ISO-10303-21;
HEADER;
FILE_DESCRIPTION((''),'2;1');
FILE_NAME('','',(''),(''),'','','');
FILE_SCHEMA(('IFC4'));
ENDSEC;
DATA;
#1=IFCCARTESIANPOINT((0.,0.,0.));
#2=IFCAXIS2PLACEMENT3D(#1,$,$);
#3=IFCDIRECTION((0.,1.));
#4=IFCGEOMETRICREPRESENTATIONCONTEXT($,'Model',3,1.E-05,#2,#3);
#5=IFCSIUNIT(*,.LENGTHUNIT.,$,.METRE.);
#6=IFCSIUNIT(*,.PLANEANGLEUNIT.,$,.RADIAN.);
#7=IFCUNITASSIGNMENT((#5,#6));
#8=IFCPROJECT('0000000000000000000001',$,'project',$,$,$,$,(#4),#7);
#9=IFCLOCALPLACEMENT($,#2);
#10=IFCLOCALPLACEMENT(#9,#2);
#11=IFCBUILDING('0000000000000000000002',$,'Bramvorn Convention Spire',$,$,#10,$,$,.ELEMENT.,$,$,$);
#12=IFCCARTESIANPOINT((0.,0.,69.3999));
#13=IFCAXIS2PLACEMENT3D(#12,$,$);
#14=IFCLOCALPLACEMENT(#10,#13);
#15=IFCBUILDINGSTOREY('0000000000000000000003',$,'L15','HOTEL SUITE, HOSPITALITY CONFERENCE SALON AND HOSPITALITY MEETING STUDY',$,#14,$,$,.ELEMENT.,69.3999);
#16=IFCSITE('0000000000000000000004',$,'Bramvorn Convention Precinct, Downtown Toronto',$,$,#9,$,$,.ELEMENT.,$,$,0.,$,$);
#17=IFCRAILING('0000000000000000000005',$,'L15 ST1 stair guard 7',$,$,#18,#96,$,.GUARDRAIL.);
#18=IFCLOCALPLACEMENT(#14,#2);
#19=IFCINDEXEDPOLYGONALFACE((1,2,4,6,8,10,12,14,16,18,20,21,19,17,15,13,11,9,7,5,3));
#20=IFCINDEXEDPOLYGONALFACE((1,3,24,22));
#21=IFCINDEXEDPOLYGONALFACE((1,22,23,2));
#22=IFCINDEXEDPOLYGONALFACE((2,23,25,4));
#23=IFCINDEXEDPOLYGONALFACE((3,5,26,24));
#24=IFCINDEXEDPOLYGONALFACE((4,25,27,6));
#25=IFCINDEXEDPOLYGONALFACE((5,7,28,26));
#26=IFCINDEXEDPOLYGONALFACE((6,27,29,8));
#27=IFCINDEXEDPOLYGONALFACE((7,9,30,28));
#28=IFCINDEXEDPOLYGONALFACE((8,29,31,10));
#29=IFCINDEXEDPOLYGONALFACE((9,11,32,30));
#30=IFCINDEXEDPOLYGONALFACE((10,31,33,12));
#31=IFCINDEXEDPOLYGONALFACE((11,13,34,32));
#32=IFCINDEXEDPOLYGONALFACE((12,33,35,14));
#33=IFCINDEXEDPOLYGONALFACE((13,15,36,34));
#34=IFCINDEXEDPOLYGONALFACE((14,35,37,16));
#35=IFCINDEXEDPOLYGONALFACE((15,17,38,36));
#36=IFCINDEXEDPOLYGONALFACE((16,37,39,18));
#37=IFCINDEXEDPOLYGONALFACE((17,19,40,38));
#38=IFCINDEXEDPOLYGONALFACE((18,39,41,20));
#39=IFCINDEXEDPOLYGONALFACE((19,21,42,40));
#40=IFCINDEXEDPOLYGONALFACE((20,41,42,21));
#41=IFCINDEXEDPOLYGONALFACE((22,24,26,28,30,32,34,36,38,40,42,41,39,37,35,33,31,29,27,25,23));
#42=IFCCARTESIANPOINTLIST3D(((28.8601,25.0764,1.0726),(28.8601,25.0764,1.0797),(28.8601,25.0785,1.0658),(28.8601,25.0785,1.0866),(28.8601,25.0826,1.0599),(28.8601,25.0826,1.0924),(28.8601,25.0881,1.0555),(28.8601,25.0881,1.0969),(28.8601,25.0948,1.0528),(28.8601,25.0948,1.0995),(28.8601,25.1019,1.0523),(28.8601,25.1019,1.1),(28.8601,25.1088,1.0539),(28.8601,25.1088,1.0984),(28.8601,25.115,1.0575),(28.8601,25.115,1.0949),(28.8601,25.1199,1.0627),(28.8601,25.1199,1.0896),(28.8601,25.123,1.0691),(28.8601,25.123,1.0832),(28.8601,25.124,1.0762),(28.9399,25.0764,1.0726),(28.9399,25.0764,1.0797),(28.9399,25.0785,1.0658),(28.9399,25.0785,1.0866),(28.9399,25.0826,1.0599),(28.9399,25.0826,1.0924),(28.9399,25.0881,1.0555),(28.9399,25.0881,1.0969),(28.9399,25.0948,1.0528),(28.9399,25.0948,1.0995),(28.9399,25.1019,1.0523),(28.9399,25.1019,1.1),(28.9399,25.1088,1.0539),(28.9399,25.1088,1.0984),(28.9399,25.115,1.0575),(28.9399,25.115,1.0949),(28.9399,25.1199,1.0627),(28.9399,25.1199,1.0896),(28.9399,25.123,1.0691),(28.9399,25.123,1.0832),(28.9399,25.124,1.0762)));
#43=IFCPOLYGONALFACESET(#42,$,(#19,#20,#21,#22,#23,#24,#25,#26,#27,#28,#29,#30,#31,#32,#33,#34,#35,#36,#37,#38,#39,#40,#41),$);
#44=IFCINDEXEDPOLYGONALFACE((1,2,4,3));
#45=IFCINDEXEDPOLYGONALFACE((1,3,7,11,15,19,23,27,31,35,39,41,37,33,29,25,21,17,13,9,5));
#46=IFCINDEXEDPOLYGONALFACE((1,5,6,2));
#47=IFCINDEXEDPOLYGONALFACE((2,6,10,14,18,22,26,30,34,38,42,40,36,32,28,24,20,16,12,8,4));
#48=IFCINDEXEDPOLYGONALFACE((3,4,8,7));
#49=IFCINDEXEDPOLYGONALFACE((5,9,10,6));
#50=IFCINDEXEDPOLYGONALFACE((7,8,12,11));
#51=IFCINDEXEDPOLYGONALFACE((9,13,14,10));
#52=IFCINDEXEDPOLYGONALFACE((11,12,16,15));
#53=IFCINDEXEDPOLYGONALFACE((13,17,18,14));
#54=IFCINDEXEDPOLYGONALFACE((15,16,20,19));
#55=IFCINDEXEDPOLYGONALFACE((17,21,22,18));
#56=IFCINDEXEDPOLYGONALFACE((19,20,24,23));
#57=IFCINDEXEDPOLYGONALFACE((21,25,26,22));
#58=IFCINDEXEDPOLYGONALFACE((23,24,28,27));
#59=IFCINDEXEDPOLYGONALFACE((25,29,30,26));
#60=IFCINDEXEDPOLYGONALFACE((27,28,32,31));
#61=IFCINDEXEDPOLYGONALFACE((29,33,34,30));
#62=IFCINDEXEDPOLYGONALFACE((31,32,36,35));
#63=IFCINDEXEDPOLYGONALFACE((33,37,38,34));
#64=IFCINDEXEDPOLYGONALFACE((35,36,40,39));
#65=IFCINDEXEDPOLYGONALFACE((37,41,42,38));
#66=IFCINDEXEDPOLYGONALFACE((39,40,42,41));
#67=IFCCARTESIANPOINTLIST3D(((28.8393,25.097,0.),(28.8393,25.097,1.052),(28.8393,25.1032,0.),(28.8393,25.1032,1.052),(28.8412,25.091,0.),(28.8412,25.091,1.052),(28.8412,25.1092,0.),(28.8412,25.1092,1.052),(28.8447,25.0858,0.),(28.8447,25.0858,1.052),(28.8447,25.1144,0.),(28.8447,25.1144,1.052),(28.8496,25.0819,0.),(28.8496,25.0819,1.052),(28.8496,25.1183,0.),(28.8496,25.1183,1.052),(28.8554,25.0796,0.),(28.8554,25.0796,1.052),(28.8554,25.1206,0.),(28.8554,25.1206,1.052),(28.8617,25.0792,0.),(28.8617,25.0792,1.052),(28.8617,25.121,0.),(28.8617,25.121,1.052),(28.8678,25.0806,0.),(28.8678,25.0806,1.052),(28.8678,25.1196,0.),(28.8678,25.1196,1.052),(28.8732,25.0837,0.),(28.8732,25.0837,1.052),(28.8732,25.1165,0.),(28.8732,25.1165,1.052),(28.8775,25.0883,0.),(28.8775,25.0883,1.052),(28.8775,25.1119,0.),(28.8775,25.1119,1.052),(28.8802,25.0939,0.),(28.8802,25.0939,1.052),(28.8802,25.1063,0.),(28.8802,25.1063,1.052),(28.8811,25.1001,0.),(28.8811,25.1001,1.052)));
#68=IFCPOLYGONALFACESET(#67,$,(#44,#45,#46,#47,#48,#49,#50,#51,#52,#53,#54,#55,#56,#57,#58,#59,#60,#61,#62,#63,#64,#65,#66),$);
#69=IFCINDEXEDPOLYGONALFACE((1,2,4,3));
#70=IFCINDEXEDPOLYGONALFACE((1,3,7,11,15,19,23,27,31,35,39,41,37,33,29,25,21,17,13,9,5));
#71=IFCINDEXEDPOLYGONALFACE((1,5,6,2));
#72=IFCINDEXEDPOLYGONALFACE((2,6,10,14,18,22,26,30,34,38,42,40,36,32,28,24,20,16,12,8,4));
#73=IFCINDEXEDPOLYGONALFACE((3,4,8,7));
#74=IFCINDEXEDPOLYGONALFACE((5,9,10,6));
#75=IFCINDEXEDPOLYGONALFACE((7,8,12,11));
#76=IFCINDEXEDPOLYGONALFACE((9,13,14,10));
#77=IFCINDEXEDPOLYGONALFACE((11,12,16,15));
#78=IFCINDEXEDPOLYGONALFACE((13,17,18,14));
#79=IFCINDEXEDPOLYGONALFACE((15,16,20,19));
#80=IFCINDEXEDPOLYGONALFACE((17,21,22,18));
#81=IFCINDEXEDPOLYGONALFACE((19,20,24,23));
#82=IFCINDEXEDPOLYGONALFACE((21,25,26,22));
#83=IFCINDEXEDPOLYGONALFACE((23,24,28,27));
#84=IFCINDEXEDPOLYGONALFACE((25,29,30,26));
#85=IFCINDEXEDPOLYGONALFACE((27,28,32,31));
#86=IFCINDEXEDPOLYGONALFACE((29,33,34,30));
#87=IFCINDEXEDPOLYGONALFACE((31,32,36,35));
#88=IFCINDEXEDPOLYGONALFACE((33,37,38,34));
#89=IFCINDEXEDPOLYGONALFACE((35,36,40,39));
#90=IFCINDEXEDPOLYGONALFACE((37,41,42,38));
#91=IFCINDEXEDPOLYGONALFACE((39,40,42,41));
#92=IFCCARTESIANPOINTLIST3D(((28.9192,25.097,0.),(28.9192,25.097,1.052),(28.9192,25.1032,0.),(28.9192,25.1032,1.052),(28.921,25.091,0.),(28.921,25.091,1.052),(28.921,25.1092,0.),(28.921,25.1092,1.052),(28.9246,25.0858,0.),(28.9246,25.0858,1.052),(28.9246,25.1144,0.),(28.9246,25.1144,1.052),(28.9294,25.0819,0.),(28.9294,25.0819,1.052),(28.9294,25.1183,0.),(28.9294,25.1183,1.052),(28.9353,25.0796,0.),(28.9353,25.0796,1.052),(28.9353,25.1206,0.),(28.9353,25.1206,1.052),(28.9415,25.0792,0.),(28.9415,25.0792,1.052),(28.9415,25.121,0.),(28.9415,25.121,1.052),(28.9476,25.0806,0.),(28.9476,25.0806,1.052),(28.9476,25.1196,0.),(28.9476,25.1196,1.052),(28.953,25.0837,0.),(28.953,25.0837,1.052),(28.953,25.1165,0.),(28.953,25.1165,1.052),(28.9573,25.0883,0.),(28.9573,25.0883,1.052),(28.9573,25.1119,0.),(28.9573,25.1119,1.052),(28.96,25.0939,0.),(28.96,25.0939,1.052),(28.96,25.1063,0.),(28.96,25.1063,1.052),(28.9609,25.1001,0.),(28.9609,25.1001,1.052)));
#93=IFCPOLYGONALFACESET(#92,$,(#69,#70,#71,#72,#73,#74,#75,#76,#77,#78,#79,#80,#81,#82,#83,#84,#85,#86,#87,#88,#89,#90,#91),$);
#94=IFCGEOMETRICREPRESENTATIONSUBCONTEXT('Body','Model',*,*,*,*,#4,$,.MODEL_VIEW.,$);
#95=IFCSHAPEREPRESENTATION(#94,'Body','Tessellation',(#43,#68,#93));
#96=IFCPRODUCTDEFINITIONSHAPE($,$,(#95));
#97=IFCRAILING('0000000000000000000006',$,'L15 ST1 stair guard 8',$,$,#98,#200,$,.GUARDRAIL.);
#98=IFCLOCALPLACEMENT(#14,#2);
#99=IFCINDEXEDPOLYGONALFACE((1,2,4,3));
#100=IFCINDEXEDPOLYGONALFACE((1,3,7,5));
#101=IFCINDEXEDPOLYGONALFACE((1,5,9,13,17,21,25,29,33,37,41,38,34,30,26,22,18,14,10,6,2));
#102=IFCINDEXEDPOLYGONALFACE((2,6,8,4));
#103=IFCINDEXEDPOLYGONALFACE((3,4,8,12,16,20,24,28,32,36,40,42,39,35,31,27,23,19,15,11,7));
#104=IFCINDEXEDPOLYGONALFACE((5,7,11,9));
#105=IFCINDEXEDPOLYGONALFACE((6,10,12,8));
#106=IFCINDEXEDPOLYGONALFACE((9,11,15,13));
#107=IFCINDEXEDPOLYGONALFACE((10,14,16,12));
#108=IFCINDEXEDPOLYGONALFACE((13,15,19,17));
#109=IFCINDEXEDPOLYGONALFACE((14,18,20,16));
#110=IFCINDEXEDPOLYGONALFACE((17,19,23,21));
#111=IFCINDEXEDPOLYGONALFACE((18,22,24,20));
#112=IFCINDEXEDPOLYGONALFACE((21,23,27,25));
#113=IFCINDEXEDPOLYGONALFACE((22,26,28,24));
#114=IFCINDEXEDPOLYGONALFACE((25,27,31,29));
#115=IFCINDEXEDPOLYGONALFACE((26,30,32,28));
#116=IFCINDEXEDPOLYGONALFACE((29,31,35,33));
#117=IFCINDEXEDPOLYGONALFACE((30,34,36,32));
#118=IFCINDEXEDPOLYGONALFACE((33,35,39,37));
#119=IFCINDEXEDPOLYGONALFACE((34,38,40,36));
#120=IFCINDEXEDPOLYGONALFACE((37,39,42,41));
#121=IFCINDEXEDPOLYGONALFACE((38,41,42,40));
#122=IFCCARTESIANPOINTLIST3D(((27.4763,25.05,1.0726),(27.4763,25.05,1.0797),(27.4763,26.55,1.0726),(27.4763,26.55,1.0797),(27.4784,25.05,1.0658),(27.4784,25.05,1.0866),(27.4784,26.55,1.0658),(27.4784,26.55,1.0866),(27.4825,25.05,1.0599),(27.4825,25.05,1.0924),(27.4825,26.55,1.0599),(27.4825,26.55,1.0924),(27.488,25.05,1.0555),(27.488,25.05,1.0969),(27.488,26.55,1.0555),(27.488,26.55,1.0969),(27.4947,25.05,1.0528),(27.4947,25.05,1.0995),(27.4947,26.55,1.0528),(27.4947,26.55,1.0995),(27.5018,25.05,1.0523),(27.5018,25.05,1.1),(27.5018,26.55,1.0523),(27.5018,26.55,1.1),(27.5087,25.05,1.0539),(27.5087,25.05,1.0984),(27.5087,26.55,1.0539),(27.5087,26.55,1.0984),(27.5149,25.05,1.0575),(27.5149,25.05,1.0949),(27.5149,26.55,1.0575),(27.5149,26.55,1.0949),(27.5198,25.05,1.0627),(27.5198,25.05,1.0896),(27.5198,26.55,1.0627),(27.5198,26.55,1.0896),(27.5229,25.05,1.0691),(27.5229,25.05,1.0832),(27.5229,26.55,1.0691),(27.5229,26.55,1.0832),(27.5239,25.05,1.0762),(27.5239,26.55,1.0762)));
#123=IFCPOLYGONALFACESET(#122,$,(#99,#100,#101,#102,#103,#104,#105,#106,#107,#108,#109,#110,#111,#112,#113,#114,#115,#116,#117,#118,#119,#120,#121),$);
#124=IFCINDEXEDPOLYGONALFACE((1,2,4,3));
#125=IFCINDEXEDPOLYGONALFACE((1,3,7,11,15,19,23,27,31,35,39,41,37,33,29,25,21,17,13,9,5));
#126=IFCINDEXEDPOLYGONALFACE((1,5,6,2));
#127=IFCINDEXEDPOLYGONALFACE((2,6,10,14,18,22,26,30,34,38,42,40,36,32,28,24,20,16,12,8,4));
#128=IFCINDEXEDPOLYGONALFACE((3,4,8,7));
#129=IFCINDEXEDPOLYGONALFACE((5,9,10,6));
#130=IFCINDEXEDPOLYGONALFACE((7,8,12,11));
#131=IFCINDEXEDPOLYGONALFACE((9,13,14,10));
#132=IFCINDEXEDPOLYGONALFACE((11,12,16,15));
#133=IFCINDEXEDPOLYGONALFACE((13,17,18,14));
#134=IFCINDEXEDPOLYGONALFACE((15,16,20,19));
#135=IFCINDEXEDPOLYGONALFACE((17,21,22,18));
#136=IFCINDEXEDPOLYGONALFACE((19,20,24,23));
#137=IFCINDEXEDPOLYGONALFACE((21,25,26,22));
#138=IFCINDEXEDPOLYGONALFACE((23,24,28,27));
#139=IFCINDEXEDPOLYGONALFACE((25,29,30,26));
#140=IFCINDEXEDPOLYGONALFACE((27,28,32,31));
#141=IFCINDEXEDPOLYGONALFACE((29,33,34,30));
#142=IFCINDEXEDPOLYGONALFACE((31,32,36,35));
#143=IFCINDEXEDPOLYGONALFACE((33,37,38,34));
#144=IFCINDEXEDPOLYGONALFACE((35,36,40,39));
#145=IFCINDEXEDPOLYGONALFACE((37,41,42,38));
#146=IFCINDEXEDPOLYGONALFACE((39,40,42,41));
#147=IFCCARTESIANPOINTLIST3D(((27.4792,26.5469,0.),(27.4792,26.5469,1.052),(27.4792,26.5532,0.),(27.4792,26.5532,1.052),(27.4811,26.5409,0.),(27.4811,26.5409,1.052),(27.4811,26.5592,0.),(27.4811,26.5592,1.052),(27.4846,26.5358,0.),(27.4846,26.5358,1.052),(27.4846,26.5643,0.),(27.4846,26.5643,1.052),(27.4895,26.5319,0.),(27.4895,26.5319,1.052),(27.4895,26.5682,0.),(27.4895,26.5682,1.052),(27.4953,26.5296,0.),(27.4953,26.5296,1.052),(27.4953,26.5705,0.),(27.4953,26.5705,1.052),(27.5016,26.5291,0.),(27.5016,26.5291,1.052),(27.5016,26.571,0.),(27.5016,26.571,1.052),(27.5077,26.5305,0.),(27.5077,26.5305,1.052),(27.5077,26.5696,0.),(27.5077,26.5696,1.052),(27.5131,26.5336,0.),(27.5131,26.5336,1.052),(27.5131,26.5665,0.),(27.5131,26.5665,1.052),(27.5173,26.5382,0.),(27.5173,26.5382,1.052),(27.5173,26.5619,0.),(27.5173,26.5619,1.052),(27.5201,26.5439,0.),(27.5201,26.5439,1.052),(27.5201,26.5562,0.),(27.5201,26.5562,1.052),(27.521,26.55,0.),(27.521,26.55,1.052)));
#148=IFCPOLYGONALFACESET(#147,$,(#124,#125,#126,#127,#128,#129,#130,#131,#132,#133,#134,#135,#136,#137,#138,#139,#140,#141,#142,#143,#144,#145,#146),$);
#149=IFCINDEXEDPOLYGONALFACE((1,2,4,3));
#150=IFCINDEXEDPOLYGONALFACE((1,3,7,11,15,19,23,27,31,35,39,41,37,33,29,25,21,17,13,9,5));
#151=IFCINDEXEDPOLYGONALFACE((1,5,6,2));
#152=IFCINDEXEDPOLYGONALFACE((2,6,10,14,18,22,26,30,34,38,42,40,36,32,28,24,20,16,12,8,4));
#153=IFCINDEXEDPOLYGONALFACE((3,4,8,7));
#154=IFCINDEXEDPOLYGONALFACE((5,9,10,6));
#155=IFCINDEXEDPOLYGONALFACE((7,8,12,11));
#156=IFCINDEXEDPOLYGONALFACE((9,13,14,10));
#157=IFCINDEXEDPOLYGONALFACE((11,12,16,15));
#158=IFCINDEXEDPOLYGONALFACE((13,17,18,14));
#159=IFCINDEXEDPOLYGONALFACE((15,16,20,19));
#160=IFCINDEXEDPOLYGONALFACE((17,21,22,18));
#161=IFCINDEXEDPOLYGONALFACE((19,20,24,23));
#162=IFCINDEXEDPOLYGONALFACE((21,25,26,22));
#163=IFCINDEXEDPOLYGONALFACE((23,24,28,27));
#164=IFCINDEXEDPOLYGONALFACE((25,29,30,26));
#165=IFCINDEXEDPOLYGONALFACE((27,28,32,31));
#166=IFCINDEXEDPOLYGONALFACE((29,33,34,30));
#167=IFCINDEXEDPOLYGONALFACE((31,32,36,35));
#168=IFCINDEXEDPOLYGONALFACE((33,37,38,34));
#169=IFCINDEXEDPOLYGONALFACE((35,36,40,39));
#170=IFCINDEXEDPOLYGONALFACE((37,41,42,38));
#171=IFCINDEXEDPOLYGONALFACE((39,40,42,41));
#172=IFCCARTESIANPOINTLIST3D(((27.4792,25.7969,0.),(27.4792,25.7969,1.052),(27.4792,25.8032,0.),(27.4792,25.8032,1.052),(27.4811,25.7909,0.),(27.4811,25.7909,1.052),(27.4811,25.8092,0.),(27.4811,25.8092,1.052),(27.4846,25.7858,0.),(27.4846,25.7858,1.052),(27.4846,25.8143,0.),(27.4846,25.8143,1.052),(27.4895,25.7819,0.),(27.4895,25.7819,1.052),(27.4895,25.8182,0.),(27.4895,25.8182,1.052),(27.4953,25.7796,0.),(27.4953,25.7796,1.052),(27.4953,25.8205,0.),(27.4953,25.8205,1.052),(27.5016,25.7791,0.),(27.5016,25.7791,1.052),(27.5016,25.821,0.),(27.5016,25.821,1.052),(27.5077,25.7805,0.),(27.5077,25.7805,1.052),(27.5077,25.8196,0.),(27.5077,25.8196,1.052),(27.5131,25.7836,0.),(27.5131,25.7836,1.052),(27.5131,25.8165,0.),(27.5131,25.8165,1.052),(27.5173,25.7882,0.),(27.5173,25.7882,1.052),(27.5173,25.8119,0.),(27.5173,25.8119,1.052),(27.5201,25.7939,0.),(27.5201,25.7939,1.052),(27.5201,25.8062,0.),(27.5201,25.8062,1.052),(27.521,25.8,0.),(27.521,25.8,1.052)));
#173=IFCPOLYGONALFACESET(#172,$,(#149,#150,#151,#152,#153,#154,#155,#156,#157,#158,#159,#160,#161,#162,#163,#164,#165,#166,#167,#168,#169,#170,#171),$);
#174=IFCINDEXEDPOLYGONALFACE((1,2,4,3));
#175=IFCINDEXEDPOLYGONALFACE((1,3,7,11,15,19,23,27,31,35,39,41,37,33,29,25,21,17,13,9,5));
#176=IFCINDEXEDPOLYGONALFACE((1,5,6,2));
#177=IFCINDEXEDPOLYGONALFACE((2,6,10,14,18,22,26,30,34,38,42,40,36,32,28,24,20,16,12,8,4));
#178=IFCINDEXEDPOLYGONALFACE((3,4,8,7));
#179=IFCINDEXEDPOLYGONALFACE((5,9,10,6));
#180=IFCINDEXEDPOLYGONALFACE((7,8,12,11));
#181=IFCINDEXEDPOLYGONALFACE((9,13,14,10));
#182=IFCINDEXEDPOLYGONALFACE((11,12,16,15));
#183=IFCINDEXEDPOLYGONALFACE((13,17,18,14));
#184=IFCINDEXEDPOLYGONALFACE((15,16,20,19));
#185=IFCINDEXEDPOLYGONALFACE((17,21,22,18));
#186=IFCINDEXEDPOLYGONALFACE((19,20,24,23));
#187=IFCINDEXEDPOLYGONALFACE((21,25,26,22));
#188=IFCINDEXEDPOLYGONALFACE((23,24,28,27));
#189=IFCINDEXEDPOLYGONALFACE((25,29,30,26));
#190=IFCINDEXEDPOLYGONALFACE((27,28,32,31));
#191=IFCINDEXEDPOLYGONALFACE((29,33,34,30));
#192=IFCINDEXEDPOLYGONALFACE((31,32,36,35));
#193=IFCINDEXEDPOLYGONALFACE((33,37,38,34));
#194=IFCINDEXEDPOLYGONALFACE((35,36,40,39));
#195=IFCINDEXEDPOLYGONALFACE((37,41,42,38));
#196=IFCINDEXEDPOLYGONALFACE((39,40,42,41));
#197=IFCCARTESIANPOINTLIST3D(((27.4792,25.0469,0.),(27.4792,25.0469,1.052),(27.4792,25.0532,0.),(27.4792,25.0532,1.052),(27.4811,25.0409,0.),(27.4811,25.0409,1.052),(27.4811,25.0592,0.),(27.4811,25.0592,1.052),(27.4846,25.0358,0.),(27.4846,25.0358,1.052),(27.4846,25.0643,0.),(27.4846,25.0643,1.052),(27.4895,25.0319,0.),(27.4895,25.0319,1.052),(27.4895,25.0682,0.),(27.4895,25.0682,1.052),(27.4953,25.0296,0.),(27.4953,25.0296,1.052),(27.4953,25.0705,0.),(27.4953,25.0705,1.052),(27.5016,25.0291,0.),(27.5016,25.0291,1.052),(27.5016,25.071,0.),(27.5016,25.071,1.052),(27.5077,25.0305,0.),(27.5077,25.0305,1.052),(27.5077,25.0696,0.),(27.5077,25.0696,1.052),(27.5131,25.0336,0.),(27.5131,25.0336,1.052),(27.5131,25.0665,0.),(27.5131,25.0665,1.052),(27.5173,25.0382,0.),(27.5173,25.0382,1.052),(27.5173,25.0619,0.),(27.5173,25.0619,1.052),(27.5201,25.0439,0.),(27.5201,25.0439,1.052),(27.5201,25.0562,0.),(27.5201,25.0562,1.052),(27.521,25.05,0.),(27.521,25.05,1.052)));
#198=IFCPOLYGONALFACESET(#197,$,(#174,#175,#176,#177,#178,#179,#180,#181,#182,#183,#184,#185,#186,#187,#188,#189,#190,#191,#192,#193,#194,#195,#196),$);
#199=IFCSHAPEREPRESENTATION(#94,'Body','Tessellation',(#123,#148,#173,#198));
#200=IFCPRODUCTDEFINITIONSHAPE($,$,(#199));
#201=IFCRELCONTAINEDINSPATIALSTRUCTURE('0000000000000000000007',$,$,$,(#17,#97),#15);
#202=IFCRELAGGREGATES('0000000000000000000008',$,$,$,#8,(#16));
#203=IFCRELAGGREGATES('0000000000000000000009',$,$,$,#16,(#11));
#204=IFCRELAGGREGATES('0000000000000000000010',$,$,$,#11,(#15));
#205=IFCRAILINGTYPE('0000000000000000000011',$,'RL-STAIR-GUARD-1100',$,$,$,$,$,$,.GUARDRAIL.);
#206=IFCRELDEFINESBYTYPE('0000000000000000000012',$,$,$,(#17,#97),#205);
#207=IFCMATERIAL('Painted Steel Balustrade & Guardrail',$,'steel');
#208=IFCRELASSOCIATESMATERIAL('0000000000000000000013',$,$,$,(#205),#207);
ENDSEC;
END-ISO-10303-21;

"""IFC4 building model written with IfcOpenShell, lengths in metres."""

from ifc_helpers import new_model, si_unit, direction, frame, origin, origin_2d, place, context, subcontext, project, spatial, circle, extrude, material, type_object, element, save


model = new_model("IFC4")

# Units and contexts
model_context = context("Model", 3, precision=1e-05, world=origin(), true_north=direction((0.0, 1.0)))
body_context = subcontext(model_context, "Body", "Model", "MODEL_VIEW")
ifc_project = project(units=[si_unit("LENGTHUNIT", "METRE"), si_unit("PLANEANGLEUNIT", "RADIAN")], contexts=[model_context])

# Site, building, storey
site_placement = place(None, origin())
site = spatial("IfcSite", under=ifc_project, at=site_placement, Name="Bramvorn Convention Precinct, Downtown Toronto", CompositionType="ELEMENT", RefElevation=0.0)
building_placement = place(site_placement, origin())
building = spatial("IfcBuilding", under=site, at=building_placement, Name="Bramvorn Convention Spire", CompositionType="ELEMENT")
storey_placement = place(building_placement, frame((0.0, 0.0, 69.3999)))
storey = spatial("IfcBuildingStorey", under=building, at=storey_placement, Name="L15", Description="HOTEL SUITE, HOSPITALITY CONFERENCE SALON AND HOSPITALITY MEETING STUDY", CompositionType="ELEMENT", Elevation=69.3999)

# Railings
ifc_material_1 = material(Name="Painted Steel Balustrade & Guardrail", Category="steel")
railing_type_1 = type_object("IfcRailingType", Name="RL-STAIR-GUARD-1100", PredefinedType="GUARDRAIL", material=ifc_material_1)
railing_1_placement = place(storey_placement, frame((28.8601, 25.1001, 0.0)))
element("IfcRailing", 1, at=railing_1_placement, inside=storey, type_object=railing_type_1, Name="L15 ST1 stair guard 7", PredefinedType="GUARDRAIL", context=body_context, shape_type="SweptSolid", body=[
    extrude(circle(Radius=0.0239, at=origin_2d()), frame((0.0, 0.0, 1.0762), z_axis=(1.0, 0.0, 0.0), x_axis=(0.0, 1.0, 0.0)), (0.0, 0.0, 1.0), 0.0798),
    extrude(circle(Radius=0.021, at=origin_2d()), origin(), (0.0, 0.0, 1.0), 1.052),
    extrude(circle(Radius=0.021, at=origin_2d()), frame((0.0798, 0.0, 0.0)), (0.0, 0.0, 1.0), 1.052),
])
for number, where, name in (
    (2, (27.5, 26.55, 0.0), "L15 ST1 stair guard 8"),
):
    element("IfcRailing", number, at=place(storey_placement, frame(where)), inside=storey, type_object=railing_type_1, Name=name, PredefinedType="GUARDRAIL", context=body_context, shape_type="SweptSolid", body=[
        extrude(circle(Radius=0.0239, at=origin_2d()), frame((0.0, 0.0, 1.0762), z_axis=(0.0, -1.0, 0.0), x_axis=(1.0, 0.0, 0.0)), (0.0, 0.0, 1.0), 1.5),
        extrude(circle(Radius=0.021, at=origin_2d()), origin(), (0.0, 0.0, 1.0), 1.052),
        extrude(circle(Radius=0.021, at=origin_2d()), frame((0.0, -0.75, 0.0)), (0.0, 0.0, 1.0), 1.052),
        extrude(circle(Radius=0.021, at=origin_2d()), frame((0.0, -1.5, 0.0)), (0.0, 0.0, 1.0), 1.052),
    ])

save(model, "model.ifc")
